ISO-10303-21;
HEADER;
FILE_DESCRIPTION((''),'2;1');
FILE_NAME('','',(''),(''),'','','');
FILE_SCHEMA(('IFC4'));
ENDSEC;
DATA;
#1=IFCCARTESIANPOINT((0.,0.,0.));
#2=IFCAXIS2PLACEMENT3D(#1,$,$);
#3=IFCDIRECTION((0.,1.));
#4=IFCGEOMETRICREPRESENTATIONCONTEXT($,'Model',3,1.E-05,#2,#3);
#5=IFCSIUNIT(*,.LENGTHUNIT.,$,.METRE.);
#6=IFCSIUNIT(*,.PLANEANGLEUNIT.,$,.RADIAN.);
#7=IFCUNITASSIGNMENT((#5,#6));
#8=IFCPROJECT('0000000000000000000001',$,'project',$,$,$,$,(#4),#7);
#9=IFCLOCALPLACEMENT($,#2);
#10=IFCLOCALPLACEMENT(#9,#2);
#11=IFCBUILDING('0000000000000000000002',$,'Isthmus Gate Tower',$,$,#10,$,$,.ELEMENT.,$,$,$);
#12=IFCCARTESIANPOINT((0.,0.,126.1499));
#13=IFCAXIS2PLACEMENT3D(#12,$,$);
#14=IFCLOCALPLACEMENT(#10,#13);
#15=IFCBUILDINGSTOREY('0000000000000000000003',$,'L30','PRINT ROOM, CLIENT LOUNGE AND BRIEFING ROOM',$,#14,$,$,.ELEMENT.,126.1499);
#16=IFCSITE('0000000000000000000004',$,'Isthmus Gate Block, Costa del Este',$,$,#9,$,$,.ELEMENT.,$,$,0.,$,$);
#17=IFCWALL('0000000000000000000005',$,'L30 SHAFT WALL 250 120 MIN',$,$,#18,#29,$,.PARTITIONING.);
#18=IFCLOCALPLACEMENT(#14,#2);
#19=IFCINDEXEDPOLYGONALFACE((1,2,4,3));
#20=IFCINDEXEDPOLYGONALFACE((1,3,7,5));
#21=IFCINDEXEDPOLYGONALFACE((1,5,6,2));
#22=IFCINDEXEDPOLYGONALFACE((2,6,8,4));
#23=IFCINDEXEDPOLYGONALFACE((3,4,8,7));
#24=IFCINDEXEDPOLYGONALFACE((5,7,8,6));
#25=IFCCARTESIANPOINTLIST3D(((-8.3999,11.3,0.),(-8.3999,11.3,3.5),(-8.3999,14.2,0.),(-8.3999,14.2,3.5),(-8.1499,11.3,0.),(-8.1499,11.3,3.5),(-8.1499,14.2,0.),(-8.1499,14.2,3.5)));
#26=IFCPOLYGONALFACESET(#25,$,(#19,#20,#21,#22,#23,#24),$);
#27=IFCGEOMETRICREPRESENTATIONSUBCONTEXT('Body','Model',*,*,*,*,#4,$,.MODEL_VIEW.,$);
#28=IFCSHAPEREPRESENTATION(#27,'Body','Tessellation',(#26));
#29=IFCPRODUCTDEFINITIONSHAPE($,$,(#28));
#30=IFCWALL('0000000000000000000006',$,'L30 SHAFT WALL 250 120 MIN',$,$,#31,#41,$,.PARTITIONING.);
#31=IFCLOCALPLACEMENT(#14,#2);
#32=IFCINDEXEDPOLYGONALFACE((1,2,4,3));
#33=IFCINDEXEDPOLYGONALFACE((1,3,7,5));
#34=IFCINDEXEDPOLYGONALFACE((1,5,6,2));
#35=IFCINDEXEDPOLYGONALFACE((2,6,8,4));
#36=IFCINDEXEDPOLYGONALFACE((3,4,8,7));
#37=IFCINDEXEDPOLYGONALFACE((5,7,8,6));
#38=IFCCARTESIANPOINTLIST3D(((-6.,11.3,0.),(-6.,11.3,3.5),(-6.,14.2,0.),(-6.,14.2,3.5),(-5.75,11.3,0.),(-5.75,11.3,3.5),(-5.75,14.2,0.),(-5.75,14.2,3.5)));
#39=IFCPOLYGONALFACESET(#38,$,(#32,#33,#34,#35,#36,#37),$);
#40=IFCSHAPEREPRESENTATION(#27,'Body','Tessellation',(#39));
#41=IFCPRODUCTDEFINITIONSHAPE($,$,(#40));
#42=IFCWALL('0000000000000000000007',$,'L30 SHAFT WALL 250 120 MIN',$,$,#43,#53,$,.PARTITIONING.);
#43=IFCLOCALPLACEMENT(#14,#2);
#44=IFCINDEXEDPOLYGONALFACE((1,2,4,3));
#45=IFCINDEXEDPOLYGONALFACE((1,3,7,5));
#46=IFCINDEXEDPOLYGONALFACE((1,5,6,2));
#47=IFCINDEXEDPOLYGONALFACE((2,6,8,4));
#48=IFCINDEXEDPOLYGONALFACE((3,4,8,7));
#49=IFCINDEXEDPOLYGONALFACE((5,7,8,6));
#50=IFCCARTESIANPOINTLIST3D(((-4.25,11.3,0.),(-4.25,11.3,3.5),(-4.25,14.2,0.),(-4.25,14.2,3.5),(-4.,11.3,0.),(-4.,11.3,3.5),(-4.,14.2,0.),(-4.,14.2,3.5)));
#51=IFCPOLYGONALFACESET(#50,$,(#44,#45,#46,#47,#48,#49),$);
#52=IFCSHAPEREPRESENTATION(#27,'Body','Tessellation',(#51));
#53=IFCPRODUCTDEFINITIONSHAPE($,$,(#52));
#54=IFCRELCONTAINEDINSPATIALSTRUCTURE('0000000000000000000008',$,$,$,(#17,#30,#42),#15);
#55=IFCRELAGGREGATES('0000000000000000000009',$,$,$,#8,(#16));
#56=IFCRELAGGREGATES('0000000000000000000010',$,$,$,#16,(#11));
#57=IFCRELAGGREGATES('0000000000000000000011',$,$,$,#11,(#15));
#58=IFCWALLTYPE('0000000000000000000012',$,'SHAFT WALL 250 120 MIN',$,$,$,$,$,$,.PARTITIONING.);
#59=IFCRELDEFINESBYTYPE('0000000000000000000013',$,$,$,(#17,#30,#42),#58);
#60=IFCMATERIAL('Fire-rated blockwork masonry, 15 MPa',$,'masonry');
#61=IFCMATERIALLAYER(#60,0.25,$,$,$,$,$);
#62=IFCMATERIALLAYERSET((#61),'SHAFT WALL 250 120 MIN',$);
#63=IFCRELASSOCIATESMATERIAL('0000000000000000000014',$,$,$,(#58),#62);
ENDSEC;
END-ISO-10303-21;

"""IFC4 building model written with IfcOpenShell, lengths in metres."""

from ifc_helpers import new_model, si_unit, direction, frame, frame_2d, origin, place, context, subcontext, project, spatial, rectangle, extrude, material, layer, layer_set, type_object, element, save


model = new_model("IFC4")

# Units and contexts
model_context = context("Model", 3, precision=1e-05, world=origin(), true_north=direction((0.0, 1.0)))
body_context = subcontext(model_context, "Body", "Model", "MODEL_VIEW")
ifc_project = project(units=[si_unit("LENGTHUNIT", "METRE"), si_unit("PLANEANGLEUNIT", "RADIAN")], contexts=[model_context])

# Site, building, storey
site_placement = place(None, origin())
site = spatial("IfcSite", under=ifc_project, at=site_placement, Name="Isthmus Gate Block, Costa del Este", CompositionType="ELEMENT", RefElevation=0.0)
building_placement = place(site_placement, origin())
building = spatial("IfcBuilding", under=site, at=building_placement, Name="Isthmus Gate Tower", CompositionType="ELEMENT")
storey_placement = place(building_placement, frame((0.0, 0.0, 126.1499)))
storey = spatial("IfcBuildingStorey", under=building, at=storey_placement, Name="L30", Description="PRINT ROOM, CLIENT LOUNGE AND BRIEFING ROOM", CompositionType="ELEMENT", Elevation=126.1499)

# Walls
ifc_material_1 = material(Name="Fire-rated blockwork masonry, 15 MPa", Category="masonry")
ifc_layer_1 = layer(ifc_material_1, 0.25)
ifc_layer_set_1 = layer_set([ifc_layer_1], Name="SHAFT WALL 250 120 MIN")
wall_type_1 = type_object("IfcWallType", Name="SHAFT WALL 250 120 MIN", PredefinedType="PARTITIONING", material=ifc_layer_set_1)
for number, where, z_axis, x_axis, name in (
    (1, (-8.2749, 11.3, 0.0), (0.0, 0.0, 1.0), (0.0, 1.0, 0.0), "L30 SHAFT WALL 250 120 MIN"),
    (2, (-5.875, 11.3, 0.0), (0.0, 0.0, 1.0), (0.0, 1.0, 0.0), "L30 SHAFT WALL 250 120 MIN"),
    (3, (-4.125, 11.3, 0.0), (0.0, 0.0, 1.0), (0.0, 1.0, 0.0), "L30 SHAFT WALL 250 120 MIN"),
):
    element("IfcWall", number, at=place(storey_placement, frame(where, z_axis=z_axis, x_axis=x_axis)), inside=storey, type_object=wall_type_1, Name=name, PredefinedType="PARTITIONING", context=body_context, shape_type="SweptSolid", body=[
        extrude(rectangle(XDim=2.8999, YDim=0.25, at=frame_2d((1.45, 0.0))), origin(), (0.0, 0.0, 1.0), 3.5),
    ])

save(model, "model.ifc")
